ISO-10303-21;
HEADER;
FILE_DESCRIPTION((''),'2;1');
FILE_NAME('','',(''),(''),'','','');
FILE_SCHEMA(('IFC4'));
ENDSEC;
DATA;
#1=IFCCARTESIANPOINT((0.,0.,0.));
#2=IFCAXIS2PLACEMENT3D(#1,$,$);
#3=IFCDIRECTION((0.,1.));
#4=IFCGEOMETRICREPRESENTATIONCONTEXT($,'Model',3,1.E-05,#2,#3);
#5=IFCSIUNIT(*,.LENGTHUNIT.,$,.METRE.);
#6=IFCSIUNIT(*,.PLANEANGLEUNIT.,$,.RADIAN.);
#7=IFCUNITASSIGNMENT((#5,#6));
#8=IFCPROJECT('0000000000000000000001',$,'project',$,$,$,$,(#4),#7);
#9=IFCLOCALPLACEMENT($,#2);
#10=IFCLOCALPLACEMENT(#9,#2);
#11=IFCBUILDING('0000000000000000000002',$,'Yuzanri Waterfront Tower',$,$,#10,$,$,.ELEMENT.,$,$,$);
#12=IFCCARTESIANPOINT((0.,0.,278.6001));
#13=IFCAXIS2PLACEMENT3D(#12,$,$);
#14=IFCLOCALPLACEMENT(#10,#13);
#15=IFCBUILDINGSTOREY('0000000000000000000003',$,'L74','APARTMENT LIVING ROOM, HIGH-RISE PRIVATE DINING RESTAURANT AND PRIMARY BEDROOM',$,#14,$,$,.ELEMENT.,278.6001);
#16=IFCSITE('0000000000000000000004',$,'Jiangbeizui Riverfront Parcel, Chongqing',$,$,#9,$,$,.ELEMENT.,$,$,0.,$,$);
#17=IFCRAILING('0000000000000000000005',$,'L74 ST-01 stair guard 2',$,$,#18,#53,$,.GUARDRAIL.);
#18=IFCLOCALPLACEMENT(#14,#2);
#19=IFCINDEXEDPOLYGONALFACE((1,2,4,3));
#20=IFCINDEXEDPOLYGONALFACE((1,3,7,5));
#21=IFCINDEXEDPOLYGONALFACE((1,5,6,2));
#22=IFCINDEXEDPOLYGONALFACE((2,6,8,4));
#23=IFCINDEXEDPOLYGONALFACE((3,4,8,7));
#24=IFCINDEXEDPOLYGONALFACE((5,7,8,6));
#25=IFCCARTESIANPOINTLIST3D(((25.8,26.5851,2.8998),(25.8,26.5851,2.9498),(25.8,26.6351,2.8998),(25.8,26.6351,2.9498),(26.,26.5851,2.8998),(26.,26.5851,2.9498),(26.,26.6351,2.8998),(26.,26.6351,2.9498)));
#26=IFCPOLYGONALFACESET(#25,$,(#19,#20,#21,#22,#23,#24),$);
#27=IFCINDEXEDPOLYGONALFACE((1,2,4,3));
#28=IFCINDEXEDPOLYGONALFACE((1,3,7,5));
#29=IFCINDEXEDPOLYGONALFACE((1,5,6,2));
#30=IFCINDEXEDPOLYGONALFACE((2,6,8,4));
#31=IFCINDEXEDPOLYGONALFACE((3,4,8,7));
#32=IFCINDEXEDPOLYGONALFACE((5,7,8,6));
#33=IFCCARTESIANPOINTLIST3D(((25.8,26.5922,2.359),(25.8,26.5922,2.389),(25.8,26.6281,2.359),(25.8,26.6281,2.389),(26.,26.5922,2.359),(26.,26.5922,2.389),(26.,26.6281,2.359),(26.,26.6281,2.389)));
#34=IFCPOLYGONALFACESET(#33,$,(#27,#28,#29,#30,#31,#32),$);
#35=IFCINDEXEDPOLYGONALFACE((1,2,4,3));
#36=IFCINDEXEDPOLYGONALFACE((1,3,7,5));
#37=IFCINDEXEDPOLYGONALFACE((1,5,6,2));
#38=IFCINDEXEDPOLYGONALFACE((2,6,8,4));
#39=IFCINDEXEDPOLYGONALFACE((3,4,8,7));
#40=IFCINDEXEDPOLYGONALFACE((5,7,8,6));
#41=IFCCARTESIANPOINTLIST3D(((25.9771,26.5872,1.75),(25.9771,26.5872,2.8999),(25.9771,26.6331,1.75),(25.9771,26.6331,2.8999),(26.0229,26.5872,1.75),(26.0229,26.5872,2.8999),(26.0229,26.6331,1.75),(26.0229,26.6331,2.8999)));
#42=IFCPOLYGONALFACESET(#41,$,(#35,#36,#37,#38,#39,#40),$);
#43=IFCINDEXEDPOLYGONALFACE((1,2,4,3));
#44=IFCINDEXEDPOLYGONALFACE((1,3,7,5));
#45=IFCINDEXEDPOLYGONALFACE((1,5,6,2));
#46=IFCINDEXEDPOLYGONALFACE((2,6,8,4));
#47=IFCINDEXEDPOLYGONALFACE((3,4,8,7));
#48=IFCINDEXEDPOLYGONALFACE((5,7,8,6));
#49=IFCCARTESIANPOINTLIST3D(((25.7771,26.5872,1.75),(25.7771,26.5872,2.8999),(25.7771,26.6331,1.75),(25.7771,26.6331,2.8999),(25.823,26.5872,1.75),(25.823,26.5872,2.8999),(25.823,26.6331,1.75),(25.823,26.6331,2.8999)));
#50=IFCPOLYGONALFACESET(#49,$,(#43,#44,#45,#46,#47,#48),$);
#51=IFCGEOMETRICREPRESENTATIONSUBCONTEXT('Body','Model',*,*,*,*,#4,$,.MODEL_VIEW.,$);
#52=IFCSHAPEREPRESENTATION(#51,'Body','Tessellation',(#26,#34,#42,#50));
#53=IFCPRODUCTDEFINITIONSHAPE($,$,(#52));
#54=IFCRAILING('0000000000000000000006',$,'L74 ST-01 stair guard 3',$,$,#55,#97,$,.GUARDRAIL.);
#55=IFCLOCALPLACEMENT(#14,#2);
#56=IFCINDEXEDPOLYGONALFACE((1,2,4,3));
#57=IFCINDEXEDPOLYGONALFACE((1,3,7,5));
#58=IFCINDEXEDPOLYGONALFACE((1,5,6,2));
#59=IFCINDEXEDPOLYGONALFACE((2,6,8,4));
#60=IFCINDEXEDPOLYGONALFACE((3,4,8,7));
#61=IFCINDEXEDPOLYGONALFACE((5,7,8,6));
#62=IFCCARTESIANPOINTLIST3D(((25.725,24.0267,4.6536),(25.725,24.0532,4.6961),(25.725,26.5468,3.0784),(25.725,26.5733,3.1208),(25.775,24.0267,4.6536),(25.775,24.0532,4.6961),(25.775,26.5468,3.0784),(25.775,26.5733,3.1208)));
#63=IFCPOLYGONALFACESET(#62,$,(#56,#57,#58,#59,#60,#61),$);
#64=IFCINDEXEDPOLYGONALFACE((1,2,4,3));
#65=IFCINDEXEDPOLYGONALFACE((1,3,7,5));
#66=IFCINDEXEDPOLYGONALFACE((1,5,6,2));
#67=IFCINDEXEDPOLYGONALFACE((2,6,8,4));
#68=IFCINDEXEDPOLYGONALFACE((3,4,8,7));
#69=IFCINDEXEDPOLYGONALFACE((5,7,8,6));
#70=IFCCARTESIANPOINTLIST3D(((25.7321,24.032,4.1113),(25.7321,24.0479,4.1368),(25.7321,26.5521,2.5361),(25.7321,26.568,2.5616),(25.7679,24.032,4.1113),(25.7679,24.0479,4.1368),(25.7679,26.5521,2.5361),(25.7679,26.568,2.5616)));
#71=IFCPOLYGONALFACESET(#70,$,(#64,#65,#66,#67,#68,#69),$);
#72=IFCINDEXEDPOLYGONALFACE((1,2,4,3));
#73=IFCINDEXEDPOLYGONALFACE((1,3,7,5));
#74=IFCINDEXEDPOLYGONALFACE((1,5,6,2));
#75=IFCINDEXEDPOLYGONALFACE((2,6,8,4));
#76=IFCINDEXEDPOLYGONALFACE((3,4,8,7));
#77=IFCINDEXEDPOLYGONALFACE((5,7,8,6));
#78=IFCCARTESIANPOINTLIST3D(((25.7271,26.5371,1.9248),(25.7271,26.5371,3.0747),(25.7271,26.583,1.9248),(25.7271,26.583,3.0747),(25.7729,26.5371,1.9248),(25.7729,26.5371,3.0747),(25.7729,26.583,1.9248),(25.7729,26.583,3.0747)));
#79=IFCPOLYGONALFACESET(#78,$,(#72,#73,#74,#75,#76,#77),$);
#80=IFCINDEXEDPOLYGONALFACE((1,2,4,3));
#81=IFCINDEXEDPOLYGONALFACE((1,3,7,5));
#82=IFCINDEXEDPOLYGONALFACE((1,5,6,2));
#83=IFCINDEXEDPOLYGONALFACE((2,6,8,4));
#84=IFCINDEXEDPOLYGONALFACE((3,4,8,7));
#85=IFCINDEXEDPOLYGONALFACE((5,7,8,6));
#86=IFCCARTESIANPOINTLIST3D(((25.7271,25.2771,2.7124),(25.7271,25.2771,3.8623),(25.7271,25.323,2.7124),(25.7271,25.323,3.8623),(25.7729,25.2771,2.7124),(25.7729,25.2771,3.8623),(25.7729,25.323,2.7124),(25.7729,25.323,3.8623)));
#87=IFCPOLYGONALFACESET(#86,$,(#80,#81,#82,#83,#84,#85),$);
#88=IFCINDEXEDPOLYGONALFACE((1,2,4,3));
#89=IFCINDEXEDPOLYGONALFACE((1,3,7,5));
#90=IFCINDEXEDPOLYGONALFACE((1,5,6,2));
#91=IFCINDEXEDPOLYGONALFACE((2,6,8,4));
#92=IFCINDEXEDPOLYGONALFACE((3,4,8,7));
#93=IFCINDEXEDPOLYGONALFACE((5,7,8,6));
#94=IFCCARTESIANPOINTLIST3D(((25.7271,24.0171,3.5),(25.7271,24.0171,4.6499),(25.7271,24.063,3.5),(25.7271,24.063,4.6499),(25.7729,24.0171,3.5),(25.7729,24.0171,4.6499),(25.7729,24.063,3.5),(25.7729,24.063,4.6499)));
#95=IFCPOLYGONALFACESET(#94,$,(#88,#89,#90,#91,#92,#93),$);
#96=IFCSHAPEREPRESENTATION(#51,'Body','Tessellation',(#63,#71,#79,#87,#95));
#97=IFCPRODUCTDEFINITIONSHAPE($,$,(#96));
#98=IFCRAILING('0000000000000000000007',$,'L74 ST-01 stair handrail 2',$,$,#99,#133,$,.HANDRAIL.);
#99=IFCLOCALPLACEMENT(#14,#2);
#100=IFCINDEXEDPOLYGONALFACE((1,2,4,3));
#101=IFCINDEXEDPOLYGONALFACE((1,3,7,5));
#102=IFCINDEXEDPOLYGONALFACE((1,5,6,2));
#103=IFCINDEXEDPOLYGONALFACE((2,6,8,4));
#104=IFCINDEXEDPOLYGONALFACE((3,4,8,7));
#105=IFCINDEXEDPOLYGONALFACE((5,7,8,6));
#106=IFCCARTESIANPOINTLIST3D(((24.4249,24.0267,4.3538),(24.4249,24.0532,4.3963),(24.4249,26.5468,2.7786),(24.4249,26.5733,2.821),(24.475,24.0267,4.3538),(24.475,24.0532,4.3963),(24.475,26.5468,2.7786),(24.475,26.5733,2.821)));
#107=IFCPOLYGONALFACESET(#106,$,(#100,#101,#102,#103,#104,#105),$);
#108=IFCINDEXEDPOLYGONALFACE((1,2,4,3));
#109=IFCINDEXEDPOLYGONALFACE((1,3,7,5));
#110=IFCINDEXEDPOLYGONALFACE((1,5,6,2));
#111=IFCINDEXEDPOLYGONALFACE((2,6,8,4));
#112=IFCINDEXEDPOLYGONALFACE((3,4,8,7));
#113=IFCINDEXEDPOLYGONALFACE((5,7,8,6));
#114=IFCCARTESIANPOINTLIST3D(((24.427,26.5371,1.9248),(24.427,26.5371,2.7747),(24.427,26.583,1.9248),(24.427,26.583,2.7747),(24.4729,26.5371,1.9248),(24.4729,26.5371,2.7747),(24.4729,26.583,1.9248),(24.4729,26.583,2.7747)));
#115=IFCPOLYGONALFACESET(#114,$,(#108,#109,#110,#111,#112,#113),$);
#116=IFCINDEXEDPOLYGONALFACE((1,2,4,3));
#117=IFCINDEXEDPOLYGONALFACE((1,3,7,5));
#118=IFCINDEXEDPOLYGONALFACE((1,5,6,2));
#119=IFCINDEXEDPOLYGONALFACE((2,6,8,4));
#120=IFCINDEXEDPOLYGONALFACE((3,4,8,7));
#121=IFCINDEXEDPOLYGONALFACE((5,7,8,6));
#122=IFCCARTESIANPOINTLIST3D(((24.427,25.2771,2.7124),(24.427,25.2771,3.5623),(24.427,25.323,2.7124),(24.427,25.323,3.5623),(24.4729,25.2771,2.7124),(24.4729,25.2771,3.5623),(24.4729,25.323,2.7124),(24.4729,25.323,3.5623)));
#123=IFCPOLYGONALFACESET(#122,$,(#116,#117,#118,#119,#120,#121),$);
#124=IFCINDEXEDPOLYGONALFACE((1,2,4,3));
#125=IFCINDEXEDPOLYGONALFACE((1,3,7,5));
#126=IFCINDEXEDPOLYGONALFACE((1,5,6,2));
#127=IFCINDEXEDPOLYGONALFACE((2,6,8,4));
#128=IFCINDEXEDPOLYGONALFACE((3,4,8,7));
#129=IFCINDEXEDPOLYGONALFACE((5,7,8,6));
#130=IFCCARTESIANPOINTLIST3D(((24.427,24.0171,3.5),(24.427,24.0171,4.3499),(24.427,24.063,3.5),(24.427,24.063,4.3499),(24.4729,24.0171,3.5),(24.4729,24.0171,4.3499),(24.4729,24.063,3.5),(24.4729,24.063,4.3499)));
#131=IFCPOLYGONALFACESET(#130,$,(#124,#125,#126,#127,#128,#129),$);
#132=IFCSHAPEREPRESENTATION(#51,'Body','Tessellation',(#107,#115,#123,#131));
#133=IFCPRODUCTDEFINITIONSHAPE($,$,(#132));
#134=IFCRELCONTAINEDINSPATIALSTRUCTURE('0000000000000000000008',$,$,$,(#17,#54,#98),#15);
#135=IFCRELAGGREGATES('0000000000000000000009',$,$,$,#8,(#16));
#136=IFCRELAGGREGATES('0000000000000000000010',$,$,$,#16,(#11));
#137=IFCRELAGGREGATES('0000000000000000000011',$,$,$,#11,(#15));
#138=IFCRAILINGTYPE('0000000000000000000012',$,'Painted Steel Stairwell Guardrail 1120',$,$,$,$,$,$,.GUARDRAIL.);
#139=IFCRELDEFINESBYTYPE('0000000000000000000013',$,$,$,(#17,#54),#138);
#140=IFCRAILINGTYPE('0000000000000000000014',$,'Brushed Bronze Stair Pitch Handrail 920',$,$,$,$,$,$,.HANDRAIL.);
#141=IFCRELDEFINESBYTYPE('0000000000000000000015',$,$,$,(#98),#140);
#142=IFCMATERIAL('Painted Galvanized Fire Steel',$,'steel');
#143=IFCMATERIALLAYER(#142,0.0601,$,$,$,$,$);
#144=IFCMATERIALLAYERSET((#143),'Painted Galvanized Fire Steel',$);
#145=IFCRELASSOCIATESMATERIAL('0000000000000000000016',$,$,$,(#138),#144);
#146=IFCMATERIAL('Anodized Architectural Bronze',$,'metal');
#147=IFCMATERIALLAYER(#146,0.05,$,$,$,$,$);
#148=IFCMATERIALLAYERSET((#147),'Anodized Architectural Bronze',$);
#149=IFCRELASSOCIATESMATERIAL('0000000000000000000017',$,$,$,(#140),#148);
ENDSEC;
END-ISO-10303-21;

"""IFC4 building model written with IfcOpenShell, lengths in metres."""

from ifc_helpers import new_model, si_unit, direction, frame, origin, origin_2d, place, context, subcontext, project, spatial, rectangle, extrude, source, transform, mapped, material, layer, layer_set, type_object, element, save


model = new_model("IFC4")

# Units and contexts
model_context = context("Model", 3, precision=1e-05, world=origin(), true_north=direction((0.0, 1.0)))
body_context = subcontext(model_context, "Body", "Model", "MODEL_VIEW")
ifc_project = project(units=[si_unit("LENGTHUNIT", "METRE"), si_unit("PLANEANGLEUNIT", "RADIAN")], contexts=[model_context])

# Site, building, storey
site_placement = place(None, origin())
site = spatial("IfcSite", under=ifc_project, at=site_placement, Name="Jiangbeizui Riverfront Parcel, Chongqing", CompositionType="ELEMENT", RefElevation=0.0)
building_placement = place(site_placement, origin())
building = spatial("IfcBuilding", under=site, at=building_placement, Name="Yuzanri Waterfront Tower", CompositionType="ELEMENT")
storey_placement = place(building_placement, frame((0.0, 0.0, 278.6001)))
storey = spatial("IfcBuildingStorey", under=building, at=storey_placement, Name="L74", Description="APARTMENT LIVING ROOM, HIGH-RISE PRIVATE DINING RESTAURANT AND PRIMARY BEDROOM", CompositionType="ELEMENT", Elevation=278.6001)

# Railings
ifc_material_1 = material(Name="Painted Galvanized Fire Steel", Category="steel")
ifc_layer_1 = layer(ifc_material_1, 0.0601)
ifc_layer_set_1 = layer_set([ifc_layer_1], Name="Painted Galvanized Fire Steel")
railing_type_1 = type_object("IfcRailingType", Name="Painted Steel Stairwell Guardrail 1120", PredefinedType="GUARDRAIL", material=ifc_layer_set_1)
shared_shape_1 = source(origin(), body_context, "Body", "SweptSolid", [
    extrude(rectangle(XDim=0.05, YDim=0.05, at=origin_2d()), frame((0.0, 0.0, 1.1748), z_axis=(-1.0, 0.0, 0.0), x_axis=(0.0, -1.0, 0.0)), (0.0, 0.0, 1.0), 0.2),
    extrude(rectangle(XDim=0.0359, YDim=0.03, at=origin_2d()), frame((0.0, 0.0, 0.624), z_axis=(-1.0, 0.0, 0.0), x_axis=(0.0, -1.0, 0.0)), (0.0, 0.0, 1.0), 0.2),
    extrude(rectangle(XDim=0.0459, YDim=0.0459, at=origin_2d()), origin(), (0.0, 0.0, 1.0), 1.1499),
    extrude(rectangle(XDim=0.0459, YDim=0.0459, at=origin_2d()), frame((-0.2, 0.0, 0.0)), (0.0, 0.0, 1.0), 1.1499),
])
railing_1_placement = place(storey_placement, frame((26.0, 26.6101, 1.75)))
element("IfcRailing", 1, at=railing_1_placement, inside=storey, type_object=railing_type_1, Name="L74 ST-01 stair guard 2", PredefinedType="GUARDRAIL", context=body_context, shape_type="MappedRepresentation", body=[
    mapped(shared_shape_1, transform((0.0, 0.0, 0.0), scale=1.0)),
])
shared_shape_2 = source(origin(), body_context, "Body", "SweptSolid", [
    extrude(rectangle(XDim=0.05, YDim=0.05, at=origin_2d()), frame((0.0, 0.0, 1.1748), z_axis=(0.0, -0.847971, 0.530043), x_axis=(1.0, 0.0, 0.0)), (0.0, 0.0, 1.0), 2.9719),
    extrude(rectangle(XDim=0.0359, YDim=0.03, at=origin_2d()), frame((0.0, 0.0, 0.624), z_axis=(0.0, -0.847971, 0.530043), x_axis=(1.0, 0.0, 0.0)), (0.0, 0.0, 1.0), 2.9719),
    extrude(rectangle(XDim=0.0459, YDim=0.0459, at=origin_2d()), origin(), (0.0, 0.0, 1.0), 1.1499),
    extrude(rectangle(XDim=0.0459, YDim=0.0459, at=origin_2d()), frame((0.0, -1.26, 0.7876)), (0.0, 0.0, 1.0), 1.1499),
    extrude(rectangle(XDim=0.0459, YDim=0.0459, at=origin_2d()), frame((0.0, -2.52, 1.5752)), (0.0, 0.0, 1.0), 1.1499),
])
railing_2_placement = place(storey_placement, frame((25.75, 26.5601, 1.9248)))
element("IfcRailing", 2, at=railing_2_placement, inside=storey, type_object=railing_type_1, Name="L74 ST-01 stair guard 3", PredefinedType="GUARDRAIL", context=body_context, shape_type="MappedRepresentation", body=[
    mapped(shared_shape_2, transform((0.0, 0.0, 0.0), scale=1.0)),
])
ifc_material_2 = material(Name="Anodized Architectural Bronze", Category="metal")
ifc_layer_2 = layer(ifc_material_2, 0.05)
ifc_layer_set_2 = layer_set([ifc_layer_2], Name="Anodized Architectural Bronze")
railing_type_2 = type_object("IfcRailingType", Name="Brushed Bronze Stair Pitch Handrail 920", PredefinedType="HANDRAIL", material=ifc_layer_set_2)
shared_shape_3 = source(origin(), body_context, "Body", "SweptSolid", [
    extrude(rectangle(XDim=0.05, YDim=0.05, at=origin_2d()), frame((0.0, 0.0, 0.875), z_axis=(0.0, -0.847971, 0.530043), x_axis=(1.0, 0.0, 0.0)), (0.0, 0.0, 1.0), 2.9719),
    extrude(rectangle(XDim=0.0459, YDim=0.0459, at=origin_2d()), origin(), (0.0, 0.0, 1.0), 0.8499),
    extrude(rectangle(XDim=0.0459, YDim=0.0459, at=origin_2d()), frame((0.0, -1.26, 0.7876)), (0.0, 0.0, 1.0), 0.8499),
    extrude(rectangle(XDim=0.0459, YDim=0.0459, at=origin_2d()), frame((0.0, -2.52, 1.5752)), (0.0, 0.0, 1.0), 0.8499),
])
railing_3_placement = place(storey_placement, frame((24.45, 26.5601, 1.9248)))
element("IfcRailing", 3, at=railing_3_placement, inside=storey, type_object=railing_type_2, Name="L74 ST-01 stair handrail 2", PredefinedType="HANDRAIL", context=body_context, shape_type="MappedRepresentation", body=[
    mapped(shared_shape_3, transform((0.0, 0.0, 0.0), scale=1.0)),
])

save(model, "model.ifc")
